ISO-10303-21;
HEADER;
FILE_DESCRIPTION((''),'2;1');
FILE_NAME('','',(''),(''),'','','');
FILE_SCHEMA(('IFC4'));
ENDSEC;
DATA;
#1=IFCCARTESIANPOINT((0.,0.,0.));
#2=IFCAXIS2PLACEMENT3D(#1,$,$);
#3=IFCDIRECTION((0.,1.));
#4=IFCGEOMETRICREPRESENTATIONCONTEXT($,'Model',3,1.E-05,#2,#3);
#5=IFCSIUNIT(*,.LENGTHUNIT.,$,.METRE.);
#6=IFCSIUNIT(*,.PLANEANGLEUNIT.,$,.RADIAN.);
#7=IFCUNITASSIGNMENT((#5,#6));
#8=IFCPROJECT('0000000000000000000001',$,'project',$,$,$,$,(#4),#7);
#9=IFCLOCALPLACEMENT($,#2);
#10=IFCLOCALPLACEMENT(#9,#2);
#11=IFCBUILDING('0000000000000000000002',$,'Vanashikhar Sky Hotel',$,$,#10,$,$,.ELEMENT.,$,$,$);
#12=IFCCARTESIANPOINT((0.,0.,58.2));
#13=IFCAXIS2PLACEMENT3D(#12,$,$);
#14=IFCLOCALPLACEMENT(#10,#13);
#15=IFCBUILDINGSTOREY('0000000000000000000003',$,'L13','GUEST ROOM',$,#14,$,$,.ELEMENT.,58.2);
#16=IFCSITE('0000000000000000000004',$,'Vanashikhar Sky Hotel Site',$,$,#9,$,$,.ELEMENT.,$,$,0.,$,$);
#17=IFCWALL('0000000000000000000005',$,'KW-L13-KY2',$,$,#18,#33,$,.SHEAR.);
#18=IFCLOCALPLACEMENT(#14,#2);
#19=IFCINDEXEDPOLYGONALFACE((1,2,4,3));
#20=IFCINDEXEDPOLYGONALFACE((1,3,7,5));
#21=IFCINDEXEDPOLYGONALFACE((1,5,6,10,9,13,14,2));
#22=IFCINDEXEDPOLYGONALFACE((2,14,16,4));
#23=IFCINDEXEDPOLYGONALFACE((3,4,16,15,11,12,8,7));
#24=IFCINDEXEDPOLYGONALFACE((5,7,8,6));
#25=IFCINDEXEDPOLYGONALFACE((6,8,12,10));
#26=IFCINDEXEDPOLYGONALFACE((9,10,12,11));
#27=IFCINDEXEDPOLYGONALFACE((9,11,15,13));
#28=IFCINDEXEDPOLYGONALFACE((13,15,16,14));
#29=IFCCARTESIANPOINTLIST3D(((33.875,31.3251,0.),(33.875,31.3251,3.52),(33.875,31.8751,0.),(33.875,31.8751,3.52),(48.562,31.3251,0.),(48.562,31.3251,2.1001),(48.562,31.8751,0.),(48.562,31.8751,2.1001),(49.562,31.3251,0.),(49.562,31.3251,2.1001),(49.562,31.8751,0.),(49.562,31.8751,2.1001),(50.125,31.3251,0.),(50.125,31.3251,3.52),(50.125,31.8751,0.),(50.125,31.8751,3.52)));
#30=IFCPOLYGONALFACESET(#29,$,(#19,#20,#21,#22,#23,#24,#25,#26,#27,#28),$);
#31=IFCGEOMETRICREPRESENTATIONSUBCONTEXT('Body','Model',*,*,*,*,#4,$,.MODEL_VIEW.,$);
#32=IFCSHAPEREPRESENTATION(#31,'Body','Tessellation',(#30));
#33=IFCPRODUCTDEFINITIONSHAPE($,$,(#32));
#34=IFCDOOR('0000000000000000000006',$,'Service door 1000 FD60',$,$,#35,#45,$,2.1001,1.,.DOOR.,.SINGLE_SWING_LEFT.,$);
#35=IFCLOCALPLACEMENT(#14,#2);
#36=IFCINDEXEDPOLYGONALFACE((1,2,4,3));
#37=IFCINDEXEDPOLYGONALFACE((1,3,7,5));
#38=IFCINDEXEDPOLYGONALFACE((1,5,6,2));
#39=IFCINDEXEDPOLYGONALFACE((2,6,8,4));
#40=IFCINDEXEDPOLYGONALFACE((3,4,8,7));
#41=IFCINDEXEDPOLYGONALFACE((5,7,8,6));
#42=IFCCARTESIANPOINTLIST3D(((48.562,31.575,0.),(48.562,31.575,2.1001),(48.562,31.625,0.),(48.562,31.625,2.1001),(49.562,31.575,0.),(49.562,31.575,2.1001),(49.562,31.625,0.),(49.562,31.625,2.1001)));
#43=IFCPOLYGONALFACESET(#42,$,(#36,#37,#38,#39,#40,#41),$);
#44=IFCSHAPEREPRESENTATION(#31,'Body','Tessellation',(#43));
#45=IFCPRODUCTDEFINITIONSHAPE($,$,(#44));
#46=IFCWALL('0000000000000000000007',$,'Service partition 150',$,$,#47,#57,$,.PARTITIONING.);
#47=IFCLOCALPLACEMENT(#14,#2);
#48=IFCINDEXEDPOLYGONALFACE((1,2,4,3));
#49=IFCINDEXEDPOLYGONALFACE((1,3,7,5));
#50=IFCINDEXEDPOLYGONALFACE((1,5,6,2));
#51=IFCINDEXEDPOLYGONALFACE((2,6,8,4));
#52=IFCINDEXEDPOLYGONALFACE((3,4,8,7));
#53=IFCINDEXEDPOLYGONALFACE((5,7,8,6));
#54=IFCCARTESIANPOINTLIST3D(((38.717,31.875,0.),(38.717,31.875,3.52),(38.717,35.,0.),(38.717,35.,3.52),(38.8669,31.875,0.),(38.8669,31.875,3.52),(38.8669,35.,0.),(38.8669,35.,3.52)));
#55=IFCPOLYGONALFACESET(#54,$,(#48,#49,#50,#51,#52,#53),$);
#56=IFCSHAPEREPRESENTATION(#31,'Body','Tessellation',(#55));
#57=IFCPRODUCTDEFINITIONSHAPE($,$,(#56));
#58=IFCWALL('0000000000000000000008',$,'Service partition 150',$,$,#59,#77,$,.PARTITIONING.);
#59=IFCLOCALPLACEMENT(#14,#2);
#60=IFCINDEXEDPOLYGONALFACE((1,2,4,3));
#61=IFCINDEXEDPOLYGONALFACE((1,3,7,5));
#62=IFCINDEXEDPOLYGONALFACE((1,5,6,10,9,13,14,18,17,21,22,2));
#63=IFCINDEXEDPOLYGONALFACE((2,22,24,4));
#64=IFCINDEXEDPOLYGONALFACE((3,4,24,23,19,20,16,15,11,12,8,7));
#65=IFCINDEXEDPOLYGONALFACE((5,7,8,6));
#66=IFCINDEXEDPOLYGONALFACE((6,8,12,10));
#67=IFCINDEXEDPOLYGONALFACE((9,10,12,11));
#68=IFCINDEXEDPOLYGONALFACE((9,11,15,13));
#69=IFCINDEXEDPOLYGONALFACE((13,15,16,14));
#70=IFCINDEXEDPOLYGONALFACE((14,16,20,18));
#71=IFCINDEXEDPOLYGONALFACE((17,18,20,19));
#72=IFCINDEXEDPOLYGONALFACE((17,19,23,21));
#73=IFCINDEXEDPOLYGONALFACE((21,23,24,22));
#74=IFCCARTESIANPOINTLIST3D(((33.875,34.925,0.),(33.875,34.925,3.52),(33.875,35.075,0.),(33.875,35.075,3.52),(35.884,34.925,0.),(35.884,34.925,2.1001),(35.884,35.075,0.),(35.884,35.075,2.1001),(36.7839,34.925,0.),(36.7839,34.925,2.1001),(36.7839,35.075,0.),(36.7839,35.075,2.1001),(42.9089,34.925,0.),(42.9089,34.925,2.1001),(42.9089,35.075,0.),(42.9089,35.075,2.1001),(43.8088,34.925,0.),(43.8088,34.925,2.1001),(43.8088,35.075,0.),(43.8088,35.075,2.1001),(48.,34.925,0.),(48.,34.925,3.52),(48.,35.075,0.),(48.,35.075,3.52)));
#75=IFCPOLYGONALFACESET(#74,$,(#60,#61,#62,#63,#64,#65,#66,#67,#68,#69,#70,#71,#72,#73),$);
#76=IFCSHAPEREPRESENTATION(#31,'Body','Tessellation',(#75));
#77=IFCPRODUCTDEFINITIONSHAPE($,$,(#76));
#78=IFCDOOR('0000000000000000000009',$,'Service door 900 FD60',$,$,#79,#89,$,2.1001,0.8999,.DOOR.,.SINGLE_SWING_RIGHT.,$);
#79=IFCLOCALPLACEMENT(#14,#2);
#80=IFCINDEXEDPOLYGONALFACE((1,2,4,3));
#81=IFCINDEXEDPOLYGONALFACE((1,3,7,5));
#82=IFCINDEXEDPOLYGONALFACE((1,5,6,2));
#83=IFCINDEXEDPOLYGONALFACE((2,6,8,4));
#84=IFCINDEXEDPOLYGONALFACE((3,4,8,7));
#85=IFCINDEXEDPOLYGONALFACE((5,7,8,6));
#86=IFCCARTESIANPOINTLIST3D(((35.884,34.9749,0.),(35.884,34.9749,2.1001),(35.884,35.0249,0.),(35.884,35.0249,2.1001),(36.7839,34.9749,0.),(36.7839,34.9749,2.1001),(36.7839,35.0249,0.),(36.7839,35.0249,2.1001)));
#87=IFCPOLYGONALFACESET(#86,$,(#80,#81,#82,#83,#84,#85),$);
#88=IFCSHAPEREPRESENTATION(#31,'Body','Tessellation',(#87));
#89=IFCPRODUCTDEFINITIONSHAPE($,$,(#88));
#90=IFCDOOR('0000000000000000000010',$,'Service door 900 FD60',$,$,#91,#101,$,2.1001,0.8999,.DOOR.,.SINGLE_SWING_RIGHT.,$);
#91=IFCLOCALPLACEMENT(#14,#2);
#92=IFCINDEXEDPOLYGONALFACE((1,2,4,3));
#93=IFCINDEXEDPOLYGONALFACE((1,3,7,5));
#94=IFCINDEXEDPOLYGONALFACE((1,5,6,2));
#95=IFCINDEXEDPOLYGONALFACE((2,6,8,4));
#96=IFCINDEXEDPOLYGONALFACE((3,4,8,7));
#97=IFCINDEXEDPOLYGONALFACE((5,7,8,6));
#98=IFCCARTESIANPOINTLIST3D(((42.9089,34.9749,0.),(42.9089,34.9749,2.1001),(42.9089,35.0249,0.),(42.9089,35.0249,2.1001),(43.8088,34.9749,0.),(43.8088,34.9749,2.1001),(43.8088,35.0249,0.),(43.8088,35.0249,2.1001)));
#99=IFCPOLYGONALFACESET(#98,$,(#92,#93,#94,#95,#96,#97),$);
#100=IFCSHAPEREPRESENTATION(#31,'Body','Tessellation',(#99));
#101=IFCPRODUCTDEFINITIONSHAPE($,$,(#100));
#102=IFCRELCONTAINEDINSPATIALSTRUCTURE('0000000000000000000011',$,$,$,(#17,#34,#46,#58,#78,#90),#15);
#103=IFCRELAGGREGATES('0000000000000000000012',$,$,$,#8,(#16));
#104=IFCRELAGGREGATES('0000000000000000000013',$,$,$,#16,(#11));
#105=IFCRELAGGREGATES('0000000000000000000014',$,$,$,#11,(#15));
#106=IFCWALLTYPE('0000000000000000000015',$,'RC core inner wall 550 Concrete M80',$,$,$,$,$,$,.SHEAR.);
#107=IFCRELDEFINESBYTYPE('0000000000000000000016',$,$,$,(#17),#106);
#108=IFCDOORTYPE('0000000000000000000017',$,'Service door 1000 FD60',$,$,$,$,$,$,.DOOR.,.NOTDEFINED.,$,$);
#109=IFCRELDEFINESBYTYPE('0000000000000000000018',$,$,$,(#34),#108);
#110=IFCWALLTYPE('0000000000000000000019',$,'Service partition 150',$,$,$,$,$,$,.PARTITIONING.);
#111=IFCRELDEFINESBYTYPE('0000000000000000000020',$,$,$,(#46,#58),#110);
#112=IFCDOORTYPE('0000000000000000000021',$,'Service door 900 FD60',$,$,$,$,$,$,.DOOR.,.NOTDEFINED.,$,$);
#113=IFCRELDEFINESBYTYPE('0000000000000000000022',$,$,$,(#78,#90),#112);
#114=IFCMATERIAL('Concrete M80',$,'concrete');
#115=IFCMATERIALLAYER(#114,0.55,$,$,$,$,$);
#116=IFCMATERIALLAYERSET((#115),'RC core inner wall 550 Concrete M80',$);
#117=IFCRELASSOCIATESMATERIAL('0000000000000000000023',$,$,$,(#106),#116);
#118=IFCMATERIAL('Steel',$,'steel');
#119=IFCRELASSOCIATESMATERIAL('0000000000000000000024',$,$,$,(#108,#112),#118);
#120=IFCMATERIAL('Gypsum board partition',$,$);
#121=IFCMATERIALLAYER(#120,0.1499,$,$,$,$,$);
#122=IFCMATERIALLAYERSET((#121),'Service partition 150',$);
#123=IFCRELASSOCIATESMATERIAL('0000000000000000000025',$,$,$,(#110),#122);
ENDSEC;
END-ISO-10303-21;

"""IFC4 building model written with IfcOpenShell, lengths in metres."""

from ifc_helpers import new_model, si_unit, direction, frame, frame_2d, origin, place, context, subcontext, project, spatial, rectangle, extrude, source, transform, mapped, material, layer, layer_set, type_object, element, fill, save


model = new_model("IFC4")

# Units and contexts
model_context = context("Model", 3, precision=1e-05, world=origin(), true_north=direction((0.0, 1.0)))
body_context = subcontext(model_context, "Body", "Model", "MODEL_VIEW")
ifc_project = project(units=[si_unit("LENGTHUNIT", "METRE"), si_unit("PLANEANGLEUNIT", "RADIAN")], contexts=[model_context])

# Site, building, storey
site_placement = place(None, origin())
site = spatial("IfcSite", under=ifc_project, at=site_placement, Name="Vanashikhar Sky Hotel Site", CompositionType="ELEMENT", RefElevation=0.0)
building_placement = place(site_placement, origin())
building = spatial("IfcBuilding", under=site, at=building_placement, Name="Vanashikhar Sky Hotel", CompositionType="ELEMENT")
storey_placement = place(building_placement, frame((0.0, 0.0, 58.2)))
storey = spatial("IfcBuildingStorey", under=building, at=storey_placement, Name="L13", Description="GUEST ROOM", CompositionType="ELEMENT", Elevation=58.2)

# Wall, opening, door
ifc_material_1 = material(Name="Concrete M80", Category="concrete")
ifc_layer_1 = layer(ifc_material_1, 0.55)
ifc_layer_set_1 = layer_set([ifc_layer_1], Name="RC core inner wall 550 Concrete M80")
wall_type_1 = type_object("IfcWallType", Name="RC core inner wall 550 Concrete M80", PredefinedType="SHEAR", material=ifc_layer_set_1)
shared_shape_1 = source(origin(), body_context, "Body", "SweptSolid", [
    extrude(rectangle(XDim=16.25, YDim=0.55, at=frame_2d((8.125, 0.0))), origin(), (0.0, 0.0, 1.0), 3.52),
])
wall_1_placement = place(storey_placement, frame((33.875, 31.6001, 0.0), z_axis=(0.0, 0.0, 1.0), x_axis=(1.0, 0.0, 0.0)))
wall_1 = element("IfcWall", 1, at=wall_1_placement, inside=storey, type_object=wall_type_1, Name="KW-L13-KY2", PredefinedType="SHEAR", context=body_context, shape_type="MappedRepresentation", body=[
    mapped(shared_shape_1, transform((0.0, 0.0, 0.0), scale=1.0)),
])
shared_shape_2 = source(origin(), body_context, "Body", "SweptSolid", [
    extrude(rectangle(XDim=1.0, YDim=2.1001, at=frame_2d((0.5, 1.05))), frame((0.0, 0.2852, 0.0), z_axis=(0.0, -1.0, 0.0), x_axis=(1.0, 0.0, 0.0)), (0.0, 0.0, 1.0), 0.5701),
])
opening_1_placement = place(wall_1_placement, frame((14.687, 0.0, 0.0)))
opening_1 = element("IfcOpeningElement", 2, at=opening_1_placement, cuts=wall_1, PredefinedType="OPENING", context=body_context, shape_type="MappedRepresentation", body=[
    mapped(shared_shape_2, transform((0.0, 0.0, 0.0), scale=1.0)),
])
ifc_material_2 = material(Name="Steel", Category="steel")
door_type_1 = type_object("IfcDoorType", Name="Service door 1000 FD60", OperationType="NOTDEFINED", PredefinedType="DOOR", material=ifc_material_2)
shared_shape_3 = source(origin(), body_context, "Body", "SweptSolid", [
    extrude(rectangle(XDim=1.0, YDim=2.1001, at=frame_2d((0.5, 1.05))), frame((0.0, 0.0249, 0.0), z_axis=(0.0, -1.0, 0.0), x_axis=(1.0, 0.0, 0.0)), (0.0, 0.0, 1.0), 0.05),
])
door_1_placement = place(opening_1_placement, origin())
door_1 = element("IfcDoor", 3, at=door_1_placement, inside=storey, type_object=door_type_1, Name="Service door 1000 FD60", OperationType="SINGLE_SWING_LEFT", OverallHeight=2.1001, OverallWidth=1.0, PredefinedType="DOOR", context=body_context, shape_type="MappedRepresentation", body=[
    mapped(shared_shape_3, transform((0.0, 0.0, 0.0), scale=1.0)),
])
fill(opening_1, door_1)

# Wall
ifc_material_3 = material(Name="Gypsum board partition")
ifc_layer_2 = layer(ifc_material_3, 0.1499)
ifc_layer_set_2 = layer_set([ifc_layer_2], Name="Service partition 150")
wall_type_2 = type_object("IfcWallType", Name="Service partition 150", PredefinedType="PARTITIONING", material=ifc_layer_set_2)
shared_shape_4 = source(origin(), body_context, "Body", "SweptSolid", [
    extrude(rectangle(XDim=3.125, YDim=0.1499, at=frame_2d((1.5625, 0.0))), origin(), (0.0, 0.0, 1.0), 3.52),
])
wall_2_placement = place(storey_placement, frame((38.792, 31.875, 0.0), z_axis=(0.0, 0.0, 1.0), x_axis=(0.0, 1.0, 0.0)))
element("IfcWall", 4, at=wall_2_placement, inside=storey, type_object=wall_type_2, Name="Service partition 150", PredefinedType="PARTITIONING", context=body_context, shape_type="MappedRepresentation", body=[
    mapped(shared_shape_4, transform((0.0, 0.0, 0.0), scale=1.0)),
])

# Wall, openings, doors
shared_shape_5 = source(origin(), body_context, "Body", "SweptSolid", [
    extrude(rectangle(XDim=14.125, YDim=0.1499, at=frame_2d((7.0625, 0.0))), origin(), (0.0, 0.0, 1.0), 3.52),
])
wall_3_placement = place(storey_placement, frame((33.875, 35.0, 0.0), z_axis=(0.0, 0.0, 1.0), x_axis=(1.0, 0.0, 0.0)))
wall_3 = element("IfcWall", 5, at=wall_3_placement, inside=storey, type_object=wall_type_2, Name="Service partition 150", PredefinedType="PARTITIONING", context=body_context, shape_type="MappedRepresentation", body=[
    mapped(shared_shape_5, transform((0.0, 0.0, 0.0), scale=1.0)),
])
shared_shape_6 = source(origin(), body_context, "Body", "SweptSolid", [
    extrude(rectangle(XDim=0.8999, YDim=2.1001, at=frame_2d((0.45, 1.05))), frame((0.0, 0.085, 0.0), z_axis=(0.0, -1.0, 0.0), x_axis=(1.0, 0.0, 0.0)), (0.0, 0.0, 1.0), 0.1699),
])
opening_2_placement = place(wall_3_placement, frame((2.009, 0.0, 0.0)))
opening_2 = element("IfcOpeningElement", 6, at=opening_2_placement, cuts=wall_3, PredefinedType="OPENING", context=body_context, shape_type="MappedRepresentation", body=[
    mapped(shared_shape_6, transform((0.0, 0.0, 0.0), scale=1.0)),
])
opening_3_placement = place(wall_3_placement, frame((9.0339, 0.0, 0.0)))
opening_3 = element("IfcOpeningElement", 7, at=opening_3_placement, cuts=wall_3, PredefinedType="OPENING", context=body_context, shape_type="MappedRepresentation", body=[
    mapped(shared_shape_6, transform((0.0, 0.0, 0.0), scale=1.0)),
])
door_type_2 = type_object("IfcDoorType", Name="Service door 900 FD60", OperationType="NOTDEFINED", PredefinedType="DOOR", material=ifc_material_2)
shared_shape_7 = source(origin(), body_context, "Body", "SweptSolid", [
    extrude(rectangle(XDim=0.8999, YDim=2.1001, at=frame_2d((0.45, 1.05))), frame((0.0, 0.0249, 0.0), z_axis=(0.0, -1.0, 0.0), x_axis=(1.0, 0.0, 0.0)), (0.0, 0.0, 1.0), 0.05),
])
door_2_placement = place(opening_2_placement, origin())
door_2 = element("IfcDoor", 8, at=door_2_placement, inside=storey, type_object=door_type_2, Name="Service door 900 FD60", OperationType="SINGLE_SWING_RIGHT", OverallHeight=2.1001, OverallWidth=0.8999, PredefinedType="DOOR", context=body_context, shape_type="MappedRepresentation", body=[
    mapped(shared_shape_7, transform((0.0, 0.0, 0.0), scale=1.0)),
])
fill(opening_2, door_2)
door_3_placement = place(opening_3_placement, origin())
door_3 = element("IfcDoor", 9, at=door_3_placement, inside=storey, type_object=door_type_2, Name="Service door 900 FD60", OperationType="SINGLE_SWING_RIGHT", OverallHeight=2.1001, OverallWidth=0.8999, PredefinedType="DOOR", context=body_context, shape_type="MappedRepresentation", body=[
    mapped(shared_shape_7, transform((0.0, 0.0, 0.0), scale=1.0)),
])
fill(opening_3, door_3)

save(model, "model.ifc")
